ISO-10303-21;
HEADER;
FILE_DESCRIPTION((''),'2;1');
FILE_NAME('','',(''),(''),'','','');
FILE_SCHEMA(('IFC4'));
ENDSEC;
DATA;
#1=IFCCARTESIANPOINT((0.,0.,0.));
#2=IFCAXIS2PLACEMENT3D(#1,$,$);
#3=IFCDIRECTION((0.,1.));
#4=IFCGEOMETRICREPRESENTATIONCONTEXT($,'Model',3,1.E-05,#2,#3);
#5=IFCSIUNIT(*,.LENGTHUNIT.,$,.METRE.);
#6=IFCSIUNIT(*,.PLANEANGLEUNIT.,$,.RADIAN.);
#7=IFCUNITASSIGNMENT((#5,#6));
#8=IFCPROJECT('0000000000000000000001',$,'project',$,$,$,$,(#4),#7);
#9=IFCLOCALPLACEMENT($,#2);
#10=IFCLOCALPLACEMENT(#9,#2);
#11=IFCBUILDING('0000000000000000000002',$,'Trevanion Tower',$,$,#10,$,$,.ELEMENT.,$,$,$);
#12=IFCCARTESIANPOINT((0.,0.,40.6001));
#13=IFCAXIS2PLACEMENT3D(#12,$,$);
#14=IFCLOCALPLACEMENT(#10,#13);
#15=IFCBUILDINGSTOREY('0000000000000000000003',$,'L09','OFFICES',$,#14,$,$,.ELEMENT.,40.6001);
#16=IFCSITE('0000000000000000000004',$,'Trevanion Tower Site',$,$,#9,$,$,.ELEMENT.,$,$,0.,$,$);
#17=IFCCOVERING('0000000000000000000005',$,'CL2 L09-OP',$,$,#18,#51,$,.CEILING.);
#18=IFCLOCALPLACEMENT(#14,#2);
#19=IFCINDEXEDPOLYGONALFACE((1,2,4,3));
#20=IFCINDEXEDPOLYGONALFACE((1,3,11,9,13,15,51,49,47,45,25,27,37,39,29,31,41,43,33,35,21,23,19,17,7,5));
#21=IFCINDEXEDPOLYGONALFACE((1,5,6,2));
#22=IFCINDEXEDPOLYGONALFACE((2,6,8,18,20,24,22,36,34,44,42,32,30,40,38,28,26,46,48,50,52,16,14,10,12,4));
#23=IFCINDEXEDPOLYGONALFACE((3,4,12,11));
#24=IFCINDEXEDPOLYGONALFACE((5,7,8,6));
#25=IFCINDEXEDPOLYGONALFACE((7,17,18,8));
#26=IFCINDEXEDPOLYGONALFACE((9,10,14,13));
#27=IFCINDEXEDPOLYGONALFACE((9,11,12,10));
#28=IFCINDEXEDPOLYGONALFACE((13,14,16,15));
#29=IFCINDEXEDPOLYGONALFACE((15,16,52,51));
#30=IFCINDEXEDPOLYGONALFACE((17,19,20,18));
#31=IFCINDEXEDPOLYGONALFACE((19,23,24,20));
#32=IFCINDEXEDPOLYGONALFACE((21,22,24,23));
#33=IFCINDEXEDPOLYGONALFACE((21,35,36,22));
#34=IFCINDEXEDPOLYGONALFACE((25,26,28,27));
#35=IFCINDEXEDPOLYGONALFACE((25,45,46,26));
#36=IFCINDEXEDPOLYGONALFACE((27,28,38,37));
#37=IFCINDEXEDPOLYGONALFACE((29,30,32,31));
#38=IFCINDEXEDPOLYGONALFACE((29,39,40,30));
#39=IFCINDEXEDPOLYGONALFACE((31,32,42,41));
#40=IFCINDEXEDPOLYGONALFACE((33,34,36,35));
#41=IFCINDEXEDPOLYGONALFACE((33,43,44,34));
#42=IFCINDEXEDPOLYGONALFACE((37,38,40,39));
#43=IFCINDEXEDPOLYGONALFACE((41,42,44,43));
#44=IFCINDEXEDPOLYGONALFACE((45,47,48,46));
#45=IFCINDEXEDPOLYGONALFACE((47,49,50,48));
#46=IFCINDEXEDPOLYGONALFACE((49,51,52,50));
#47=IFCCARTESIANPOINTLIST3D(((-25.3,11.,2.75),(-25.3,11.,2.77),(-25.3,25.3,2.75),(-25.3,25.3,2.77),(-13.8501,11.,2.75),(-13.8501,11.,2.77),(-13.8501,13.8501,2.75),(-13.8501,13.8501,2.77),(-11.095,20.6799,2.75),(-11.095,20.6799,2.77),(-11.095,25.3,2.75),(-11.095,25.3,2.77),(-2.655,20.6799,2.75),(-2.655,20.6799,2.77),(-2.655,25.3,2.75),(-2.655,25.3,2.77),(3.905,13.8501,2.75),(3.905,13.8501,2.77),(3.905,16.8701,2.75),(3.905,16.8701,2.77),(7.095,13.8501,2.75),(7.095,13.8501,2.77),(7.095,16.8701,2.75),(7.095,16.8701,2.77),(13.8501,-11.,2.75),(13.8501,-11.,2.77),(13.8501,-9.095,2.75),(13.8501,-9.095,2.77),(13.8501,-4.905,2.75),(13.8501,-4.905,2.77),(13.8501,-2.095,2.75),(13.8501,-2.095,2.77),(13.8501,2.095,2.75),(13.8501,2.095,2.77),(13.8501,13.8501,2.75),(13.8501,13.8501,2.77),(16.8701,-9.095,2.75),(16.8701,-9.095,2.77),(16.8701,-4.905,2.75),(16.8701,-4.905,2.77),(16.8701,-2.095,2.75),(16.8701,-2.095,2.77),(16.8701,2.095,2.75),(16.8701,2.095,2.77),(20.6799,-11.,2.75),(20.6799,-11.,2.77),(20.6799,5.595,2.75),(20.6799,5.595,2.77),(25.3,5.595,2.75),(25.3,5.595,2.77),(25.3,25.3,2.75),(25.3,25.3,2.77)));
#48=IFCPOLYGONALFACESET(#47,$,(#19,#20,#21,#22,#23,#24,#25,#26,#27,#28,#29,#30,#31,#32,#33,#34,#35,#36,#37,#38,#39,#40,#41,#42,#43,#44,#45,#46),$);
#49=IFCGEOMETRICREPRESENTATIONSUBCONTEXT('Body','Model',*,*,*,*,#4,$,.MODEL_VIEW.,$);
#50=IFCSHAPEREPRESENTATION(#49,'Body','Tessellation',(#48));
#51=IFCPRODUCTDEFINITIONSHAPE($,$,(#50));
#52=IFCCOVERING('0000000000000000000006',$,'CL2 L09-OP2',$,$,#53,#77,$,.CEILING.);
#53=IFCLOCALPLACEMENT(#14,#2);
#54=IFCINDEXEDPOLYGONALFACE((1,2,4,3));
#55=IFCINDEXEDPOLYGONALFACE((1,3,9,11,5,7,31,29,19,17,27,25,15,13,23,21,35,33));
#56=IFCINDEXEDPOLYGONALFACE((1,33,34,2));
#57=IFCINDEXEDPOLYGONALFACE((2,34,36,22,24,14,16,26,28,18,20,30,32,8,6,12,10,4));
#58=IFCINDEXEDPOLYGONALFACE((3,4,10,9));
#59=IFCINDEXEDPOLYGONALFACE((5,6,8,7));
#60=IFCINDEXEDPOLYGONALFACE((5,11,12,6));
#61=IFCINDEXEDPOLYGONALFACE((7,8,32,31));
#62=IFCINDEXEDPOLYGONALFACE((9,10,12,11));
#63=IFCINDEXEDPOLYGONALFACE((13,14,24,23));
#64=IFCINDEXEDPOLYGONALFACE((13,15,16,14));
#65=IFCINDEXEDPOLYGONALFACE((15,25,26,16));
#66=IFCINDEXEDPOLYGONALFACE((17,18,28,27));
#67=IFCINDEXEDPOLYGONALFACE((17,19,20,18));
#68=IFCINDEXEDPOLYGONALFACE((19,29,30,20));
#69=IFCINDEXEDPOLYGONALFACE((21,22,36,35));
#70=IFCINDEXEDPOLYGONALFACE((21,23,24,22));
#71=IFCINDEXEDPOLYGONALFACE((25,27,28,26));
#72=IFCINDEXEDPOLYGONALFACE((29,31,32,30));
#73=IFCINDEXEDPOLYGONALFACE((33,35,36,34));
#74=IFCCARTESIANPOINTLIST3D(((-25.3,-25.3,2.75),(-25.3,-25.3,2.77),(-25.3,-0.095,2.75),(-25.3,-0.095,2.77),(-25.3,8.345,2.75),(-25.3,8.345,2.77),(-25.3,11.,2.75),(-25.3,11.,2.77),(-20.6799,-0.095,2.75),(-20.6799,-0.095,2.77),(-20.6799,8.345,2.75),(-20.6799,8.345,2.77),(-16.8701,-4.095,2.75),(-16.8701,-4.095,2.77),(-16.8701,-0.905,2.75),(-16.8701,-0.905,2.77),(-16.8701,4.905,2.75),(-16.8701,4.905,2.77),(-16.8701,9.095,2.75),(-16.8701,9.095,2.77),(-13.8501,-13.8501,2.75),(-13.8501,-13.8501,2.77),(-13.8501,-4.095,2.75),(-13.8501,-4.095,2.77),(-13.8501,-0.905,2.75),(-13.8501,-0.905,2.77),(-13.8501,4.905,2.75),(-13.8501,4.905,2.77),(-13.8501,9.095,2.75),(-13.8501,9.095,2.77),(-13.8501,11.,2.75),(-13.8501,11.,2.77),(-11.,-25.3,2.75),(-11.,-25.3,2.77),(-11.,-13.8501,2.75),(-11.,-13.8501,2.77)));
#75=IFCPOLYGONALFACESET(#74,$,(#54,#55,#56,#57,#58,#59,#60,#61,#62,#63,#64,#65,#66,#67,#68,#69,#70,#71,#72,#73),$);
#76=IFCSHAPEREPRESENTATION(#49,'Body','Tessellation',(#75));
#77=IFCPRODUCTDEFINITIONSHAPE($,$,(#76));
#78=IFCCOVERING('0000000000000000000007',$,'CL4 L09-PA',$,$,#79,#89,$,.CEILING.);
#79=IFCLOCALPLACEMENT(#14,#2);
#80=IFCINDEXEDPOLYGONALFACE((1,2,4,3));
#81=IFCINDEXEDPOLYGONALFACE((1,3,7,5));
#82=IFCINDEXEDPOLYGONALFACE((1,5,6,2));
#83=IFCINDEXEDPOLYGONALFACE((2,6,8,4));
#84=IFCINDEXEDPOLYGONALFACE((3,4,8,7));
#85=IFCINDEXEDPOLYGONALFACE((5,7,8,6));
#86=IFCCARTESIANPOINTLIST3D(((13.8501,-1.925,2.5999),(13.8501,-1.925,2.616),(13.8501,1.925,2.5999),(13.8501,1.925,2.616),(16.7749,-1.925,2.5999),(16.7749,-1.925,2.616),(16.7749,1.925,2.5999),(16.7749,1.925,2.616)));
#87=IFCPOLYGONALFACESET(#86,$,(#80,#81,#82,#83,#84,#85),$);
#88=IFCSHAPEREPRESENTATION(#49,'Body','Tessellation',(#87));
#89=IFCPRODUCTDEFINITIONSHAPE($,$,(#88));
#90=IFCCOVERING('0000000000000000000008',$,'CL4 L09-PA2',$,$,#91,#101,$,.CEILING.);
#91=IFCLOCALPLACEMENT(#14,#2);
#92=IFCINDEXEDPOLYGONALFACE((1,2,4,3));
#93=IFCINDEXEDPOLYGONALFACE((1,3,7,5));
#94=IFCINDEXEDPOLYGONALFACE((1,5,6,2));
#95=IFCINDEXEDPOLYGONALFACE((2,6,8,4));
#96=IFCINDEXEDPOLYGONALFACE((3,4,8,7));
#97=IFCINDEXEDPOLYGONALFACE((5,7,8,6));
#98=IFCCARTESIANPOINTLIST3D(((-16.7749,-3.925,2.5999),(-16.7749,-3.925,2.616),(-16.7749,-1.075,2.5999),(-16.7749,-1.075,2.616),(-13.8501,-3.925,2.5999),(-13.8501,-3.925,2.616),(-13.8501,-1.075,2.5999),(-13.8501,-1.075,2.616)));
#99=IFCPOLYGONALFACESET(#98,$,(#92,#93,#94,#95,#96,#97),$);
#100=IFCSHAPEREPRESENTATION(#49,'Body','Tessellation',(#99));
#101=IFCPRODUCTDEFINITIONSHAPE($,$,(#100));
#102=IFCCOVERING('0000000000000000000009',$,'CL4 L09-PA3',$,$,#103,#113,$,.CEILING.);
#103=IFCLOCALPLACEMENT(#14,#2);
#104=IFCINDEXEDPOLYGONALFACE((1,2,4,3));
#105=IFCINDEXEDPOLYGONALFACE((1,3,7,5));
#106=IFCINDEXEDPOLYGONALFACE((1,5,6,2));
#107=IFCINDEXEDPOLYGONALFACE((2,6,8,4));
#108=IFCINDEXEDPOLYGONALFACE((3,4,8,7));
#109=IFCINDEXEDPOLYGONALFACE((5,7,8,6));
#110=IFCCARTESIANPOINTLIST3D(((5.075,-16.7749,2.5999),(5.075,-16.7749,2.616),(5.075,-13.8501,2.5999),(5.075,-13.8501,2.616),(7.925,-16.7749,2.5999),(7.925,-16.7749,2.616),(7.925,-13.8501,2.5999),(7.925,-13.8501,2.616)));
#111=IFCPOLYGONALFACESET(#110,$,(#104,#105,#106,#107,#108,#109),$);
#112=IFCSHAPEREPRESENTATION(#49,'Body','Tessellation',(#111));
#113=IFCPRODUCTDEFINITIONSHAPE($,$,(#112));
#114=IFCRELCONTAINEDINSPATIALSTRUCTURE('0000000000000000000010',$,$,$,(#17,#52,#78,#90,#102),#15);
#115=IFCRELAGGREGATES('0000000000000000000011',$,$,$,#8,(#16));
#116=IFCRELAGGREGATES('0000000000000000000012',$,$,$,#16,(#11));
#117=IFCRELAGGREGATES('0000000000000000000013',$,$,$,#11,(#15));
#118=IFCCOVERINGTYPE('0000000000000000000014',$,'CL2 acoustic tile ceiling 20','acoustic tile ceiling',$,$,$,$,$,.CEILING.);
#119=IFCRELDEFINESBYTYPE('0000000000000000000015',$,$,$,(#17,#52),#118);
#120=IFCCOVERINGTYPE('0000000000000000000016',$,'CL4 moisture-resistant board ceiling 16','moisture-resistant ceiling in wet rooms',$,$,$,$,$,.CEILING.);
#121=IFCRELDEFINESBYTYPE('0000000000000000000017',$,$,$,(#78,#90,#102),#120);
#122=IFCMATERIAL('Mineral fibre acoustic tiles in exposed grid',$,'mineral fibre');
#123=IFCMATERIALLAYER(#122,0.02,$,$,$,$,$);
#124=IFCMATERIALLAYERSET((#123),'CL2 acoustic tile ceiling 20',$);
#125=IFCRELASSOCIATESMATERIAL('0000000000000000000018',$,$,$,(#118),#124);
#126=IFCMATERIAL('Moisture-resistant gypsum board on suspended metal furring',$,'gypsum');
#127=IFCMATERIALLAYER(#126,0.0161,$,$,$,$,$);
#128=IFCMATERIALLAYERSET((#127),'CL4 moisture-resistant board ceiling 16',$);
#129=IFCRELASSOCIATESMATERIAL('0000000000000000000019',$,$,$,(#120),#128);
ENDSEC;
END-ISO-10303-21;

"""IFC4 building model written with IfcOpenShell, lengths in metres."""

from ifc_helpers import new_model, si_unit, direction, frame, origin, place, context, subcontext, project, spatial, polyline, outline, extrude, material, layer, layer_set, type_object, element, save


model = new_model("IFC4")

# Units and contexts
model_context = context("Model", 3, precision=1e-05, world=origin(), true_north=direction((0.0, 1.0)))
body_context = subcontext(model_context, "Body", "Model", "MODEL_VIEW")
ifc_project = project(units=[si_unit("LENGTHUNIT", "METRE"), si_unit("PLANEANGLEUNIT", "RADIAN")], contexts=[model_context])

# Site, building, storey
site_placement = place(None, origin())
site = spatial("IfcSite", under=ifc_project, at=site_placement, Name="Trevanion Tower Site", CompositionType="ELEMENT", RefElevation=0.0)
building_placement = place(site_placement, origin())
building = spatial("IfcBuilding", under=site, at=building_placement, Name="Trevanion Tower", CompositionType="ELEMENT")
storey_placement = place(building_placement, frame((0.0, 0.0, 40.6001)))
storey = spatial("IfcBuildingStorey", under=building, at=storey_placement, Name="L09", Description="OFFICES", CompositionType="ELEMENT", Elevation=40.6001)

# Coverings
ifc_material_1 = material(Name="Mineral fibre acoustic tiles in exposed grid", Category="mineral fibre")
ifc_layer_1 = layer(ifc_material_1, 0.02)
ifc_layer_set_1 = layer_set([ifc_layer_1], Name="CL2 acoustic tile ceiling 20")
covering_type_1 = type_object("IfcCoveringType", Name="CL2 acoustic tile ceiling 20", Description="acoustic tile ceiling", PredefinedType="CEILING", material=ifc_layer_set_1)
covering_1_placement = place(storey_placement, frame((0.0, 0.0, 2.75)))
element("IfcCovering", 1, at=covering_1_placement, inside=storey, type_object=covering_type_1, Name="CL2 L09-OP", PredefinedType="CEILING", context=body_context, shape_type="SweptSolid", body=[
    extrude(outline(polyline([(13.8501, 13.8501), (7.095, 13.8501), (7.095, 16.8701), (3.905, 16.8701), (3.905, 13.8501), (-13.8501, 13.8501), (-13.8501, 11.0), (-25.3, 11.0), (-25.3, 25.3), (-11.095, 25.3), (-11.095, 20.6799), (-2.655, 20.6799), (-2.655, 25.3), (25.3, 25.3), (25.3, 5.595), (20.6799, 5.595), (20.6799, -11.0), (13.8501, -11.0), (13.8501, -9.095), (16.8701, -9.095), (16.8701, -4.905), (13.8501, -4.905), (13.8501, -2.095), (16.8701, -2.095), (16.8701, 2.095), (13.8501, 2.095), (13.8501, 13.8501)])), origin(), (0.0, 0.0, 1.0), 0.02),
])
covering_2_placement = place(storey_placement, frame((0.0, 0.0, 2.75)))
element("IfcCovering", 2, at=covering_2_placement, inside=storey, type_object=covering_type_1, Name="CL2 L09-OP2", PredefinedType="CEILING", context=body_context, shape_type="SweptSolid", body=[
    extrude(outline(polyline([(-13.8501, 9.095), (-16.8701, 9.095), (-16.8701, 4.905), (-13.8501, 4.905), (-13.8501, -0.905), (-16.8701, -0.905), (-16.8701, -4.095), (-13.8501, -4.095), (-13.8501, -13.8501), (-11.0, -13.8501), (-11.0, -25.3), (-25.3, -25.3), (-25.3, -0.095), (-20.6799, -0.095), (-20.6799, 8.345), (-25.3, 8.345), (-25.3, 11.0), (-13.8501, 11.0), (-13.8501, 9.095)])), origin(), (0.0, 0.0, 1.0), 0.02),
])
ifc_material_2 = material(Name="Moisture-resistant gypsum board on suspended metal furring", Category="gypsum")
ifc_layer_2 = layer(ifc_material_2, 0.0161)
ifc_layer_set_2 = layer_set([ifc_layer_2], Name="CL4 moisture-resistant board ceiling 16")
covering_type_2 = type_object("IfcCoveringType", Name="CL4 moisture-resistant board ceiling 16", Description="moisture-resistant ceiling in wet rooms", PredefinedType="CEILING", material=ifc_layer_set_2)
covering_3_placement = place(storey_placement, frame((0.0, 0.0, 2.5999)))
element("IfcCovering", 3, at=covering_3_placement, inside=storey, type_object=covering_type_2, Name="CL4 L09-PA", PredefinedType="CEILING", context=body_context, shape_type="SweptSolid", body=[
    extrude(outline(polyline([(13.8501, -1.925), (13.8501, 1.925), (16.7749, 1.925), (16.7749, -1.925), (13.8501, -1.925)])), origin(), (0.0, 0.0, 1.0), 0.0161),
])
covering_4_placement = place(storey_placement, frame((0.0, 0.0, 2.5999)))
element("IfcCovering", 4, at=covering_4_placement, inside=storey, type_object=covering_type_2, Name="CL4 L09-PA2", PredefinedType="CEILING", context=body_context, shape_type="SweptSolid", body=[
    extrude(outline(polyline([(-13.8501, -1.075), (-13.8501, -3.925), (-16.7749, -3.925), (-16.7749, -1.075), (-13.8501, -1.075)])), origin(), (0.0, 0.0, 1.0), 0.0161),
])
covering_5_placement = place(storey_placement, frame((0.0, 0.0, 2.5999)))
element("IfcCovering", 5, at=covering_5_placement, inside=storey, type_object=covering_type_2, Name="CL4 L09-PA3", PredefinedType="CEILING", context=body_context, shape_type="SweptSolid", body=[
    extrude(outline(polyline([(5.075, -13.8501), (7.925, -13.8501), (7.925, -16.7749), (5.075, -16.7749), (5.075, -13.8501)])), origin(), (0.0, 0.0, 1.0), 0.0161),
])

save(model, "model.ifc")
